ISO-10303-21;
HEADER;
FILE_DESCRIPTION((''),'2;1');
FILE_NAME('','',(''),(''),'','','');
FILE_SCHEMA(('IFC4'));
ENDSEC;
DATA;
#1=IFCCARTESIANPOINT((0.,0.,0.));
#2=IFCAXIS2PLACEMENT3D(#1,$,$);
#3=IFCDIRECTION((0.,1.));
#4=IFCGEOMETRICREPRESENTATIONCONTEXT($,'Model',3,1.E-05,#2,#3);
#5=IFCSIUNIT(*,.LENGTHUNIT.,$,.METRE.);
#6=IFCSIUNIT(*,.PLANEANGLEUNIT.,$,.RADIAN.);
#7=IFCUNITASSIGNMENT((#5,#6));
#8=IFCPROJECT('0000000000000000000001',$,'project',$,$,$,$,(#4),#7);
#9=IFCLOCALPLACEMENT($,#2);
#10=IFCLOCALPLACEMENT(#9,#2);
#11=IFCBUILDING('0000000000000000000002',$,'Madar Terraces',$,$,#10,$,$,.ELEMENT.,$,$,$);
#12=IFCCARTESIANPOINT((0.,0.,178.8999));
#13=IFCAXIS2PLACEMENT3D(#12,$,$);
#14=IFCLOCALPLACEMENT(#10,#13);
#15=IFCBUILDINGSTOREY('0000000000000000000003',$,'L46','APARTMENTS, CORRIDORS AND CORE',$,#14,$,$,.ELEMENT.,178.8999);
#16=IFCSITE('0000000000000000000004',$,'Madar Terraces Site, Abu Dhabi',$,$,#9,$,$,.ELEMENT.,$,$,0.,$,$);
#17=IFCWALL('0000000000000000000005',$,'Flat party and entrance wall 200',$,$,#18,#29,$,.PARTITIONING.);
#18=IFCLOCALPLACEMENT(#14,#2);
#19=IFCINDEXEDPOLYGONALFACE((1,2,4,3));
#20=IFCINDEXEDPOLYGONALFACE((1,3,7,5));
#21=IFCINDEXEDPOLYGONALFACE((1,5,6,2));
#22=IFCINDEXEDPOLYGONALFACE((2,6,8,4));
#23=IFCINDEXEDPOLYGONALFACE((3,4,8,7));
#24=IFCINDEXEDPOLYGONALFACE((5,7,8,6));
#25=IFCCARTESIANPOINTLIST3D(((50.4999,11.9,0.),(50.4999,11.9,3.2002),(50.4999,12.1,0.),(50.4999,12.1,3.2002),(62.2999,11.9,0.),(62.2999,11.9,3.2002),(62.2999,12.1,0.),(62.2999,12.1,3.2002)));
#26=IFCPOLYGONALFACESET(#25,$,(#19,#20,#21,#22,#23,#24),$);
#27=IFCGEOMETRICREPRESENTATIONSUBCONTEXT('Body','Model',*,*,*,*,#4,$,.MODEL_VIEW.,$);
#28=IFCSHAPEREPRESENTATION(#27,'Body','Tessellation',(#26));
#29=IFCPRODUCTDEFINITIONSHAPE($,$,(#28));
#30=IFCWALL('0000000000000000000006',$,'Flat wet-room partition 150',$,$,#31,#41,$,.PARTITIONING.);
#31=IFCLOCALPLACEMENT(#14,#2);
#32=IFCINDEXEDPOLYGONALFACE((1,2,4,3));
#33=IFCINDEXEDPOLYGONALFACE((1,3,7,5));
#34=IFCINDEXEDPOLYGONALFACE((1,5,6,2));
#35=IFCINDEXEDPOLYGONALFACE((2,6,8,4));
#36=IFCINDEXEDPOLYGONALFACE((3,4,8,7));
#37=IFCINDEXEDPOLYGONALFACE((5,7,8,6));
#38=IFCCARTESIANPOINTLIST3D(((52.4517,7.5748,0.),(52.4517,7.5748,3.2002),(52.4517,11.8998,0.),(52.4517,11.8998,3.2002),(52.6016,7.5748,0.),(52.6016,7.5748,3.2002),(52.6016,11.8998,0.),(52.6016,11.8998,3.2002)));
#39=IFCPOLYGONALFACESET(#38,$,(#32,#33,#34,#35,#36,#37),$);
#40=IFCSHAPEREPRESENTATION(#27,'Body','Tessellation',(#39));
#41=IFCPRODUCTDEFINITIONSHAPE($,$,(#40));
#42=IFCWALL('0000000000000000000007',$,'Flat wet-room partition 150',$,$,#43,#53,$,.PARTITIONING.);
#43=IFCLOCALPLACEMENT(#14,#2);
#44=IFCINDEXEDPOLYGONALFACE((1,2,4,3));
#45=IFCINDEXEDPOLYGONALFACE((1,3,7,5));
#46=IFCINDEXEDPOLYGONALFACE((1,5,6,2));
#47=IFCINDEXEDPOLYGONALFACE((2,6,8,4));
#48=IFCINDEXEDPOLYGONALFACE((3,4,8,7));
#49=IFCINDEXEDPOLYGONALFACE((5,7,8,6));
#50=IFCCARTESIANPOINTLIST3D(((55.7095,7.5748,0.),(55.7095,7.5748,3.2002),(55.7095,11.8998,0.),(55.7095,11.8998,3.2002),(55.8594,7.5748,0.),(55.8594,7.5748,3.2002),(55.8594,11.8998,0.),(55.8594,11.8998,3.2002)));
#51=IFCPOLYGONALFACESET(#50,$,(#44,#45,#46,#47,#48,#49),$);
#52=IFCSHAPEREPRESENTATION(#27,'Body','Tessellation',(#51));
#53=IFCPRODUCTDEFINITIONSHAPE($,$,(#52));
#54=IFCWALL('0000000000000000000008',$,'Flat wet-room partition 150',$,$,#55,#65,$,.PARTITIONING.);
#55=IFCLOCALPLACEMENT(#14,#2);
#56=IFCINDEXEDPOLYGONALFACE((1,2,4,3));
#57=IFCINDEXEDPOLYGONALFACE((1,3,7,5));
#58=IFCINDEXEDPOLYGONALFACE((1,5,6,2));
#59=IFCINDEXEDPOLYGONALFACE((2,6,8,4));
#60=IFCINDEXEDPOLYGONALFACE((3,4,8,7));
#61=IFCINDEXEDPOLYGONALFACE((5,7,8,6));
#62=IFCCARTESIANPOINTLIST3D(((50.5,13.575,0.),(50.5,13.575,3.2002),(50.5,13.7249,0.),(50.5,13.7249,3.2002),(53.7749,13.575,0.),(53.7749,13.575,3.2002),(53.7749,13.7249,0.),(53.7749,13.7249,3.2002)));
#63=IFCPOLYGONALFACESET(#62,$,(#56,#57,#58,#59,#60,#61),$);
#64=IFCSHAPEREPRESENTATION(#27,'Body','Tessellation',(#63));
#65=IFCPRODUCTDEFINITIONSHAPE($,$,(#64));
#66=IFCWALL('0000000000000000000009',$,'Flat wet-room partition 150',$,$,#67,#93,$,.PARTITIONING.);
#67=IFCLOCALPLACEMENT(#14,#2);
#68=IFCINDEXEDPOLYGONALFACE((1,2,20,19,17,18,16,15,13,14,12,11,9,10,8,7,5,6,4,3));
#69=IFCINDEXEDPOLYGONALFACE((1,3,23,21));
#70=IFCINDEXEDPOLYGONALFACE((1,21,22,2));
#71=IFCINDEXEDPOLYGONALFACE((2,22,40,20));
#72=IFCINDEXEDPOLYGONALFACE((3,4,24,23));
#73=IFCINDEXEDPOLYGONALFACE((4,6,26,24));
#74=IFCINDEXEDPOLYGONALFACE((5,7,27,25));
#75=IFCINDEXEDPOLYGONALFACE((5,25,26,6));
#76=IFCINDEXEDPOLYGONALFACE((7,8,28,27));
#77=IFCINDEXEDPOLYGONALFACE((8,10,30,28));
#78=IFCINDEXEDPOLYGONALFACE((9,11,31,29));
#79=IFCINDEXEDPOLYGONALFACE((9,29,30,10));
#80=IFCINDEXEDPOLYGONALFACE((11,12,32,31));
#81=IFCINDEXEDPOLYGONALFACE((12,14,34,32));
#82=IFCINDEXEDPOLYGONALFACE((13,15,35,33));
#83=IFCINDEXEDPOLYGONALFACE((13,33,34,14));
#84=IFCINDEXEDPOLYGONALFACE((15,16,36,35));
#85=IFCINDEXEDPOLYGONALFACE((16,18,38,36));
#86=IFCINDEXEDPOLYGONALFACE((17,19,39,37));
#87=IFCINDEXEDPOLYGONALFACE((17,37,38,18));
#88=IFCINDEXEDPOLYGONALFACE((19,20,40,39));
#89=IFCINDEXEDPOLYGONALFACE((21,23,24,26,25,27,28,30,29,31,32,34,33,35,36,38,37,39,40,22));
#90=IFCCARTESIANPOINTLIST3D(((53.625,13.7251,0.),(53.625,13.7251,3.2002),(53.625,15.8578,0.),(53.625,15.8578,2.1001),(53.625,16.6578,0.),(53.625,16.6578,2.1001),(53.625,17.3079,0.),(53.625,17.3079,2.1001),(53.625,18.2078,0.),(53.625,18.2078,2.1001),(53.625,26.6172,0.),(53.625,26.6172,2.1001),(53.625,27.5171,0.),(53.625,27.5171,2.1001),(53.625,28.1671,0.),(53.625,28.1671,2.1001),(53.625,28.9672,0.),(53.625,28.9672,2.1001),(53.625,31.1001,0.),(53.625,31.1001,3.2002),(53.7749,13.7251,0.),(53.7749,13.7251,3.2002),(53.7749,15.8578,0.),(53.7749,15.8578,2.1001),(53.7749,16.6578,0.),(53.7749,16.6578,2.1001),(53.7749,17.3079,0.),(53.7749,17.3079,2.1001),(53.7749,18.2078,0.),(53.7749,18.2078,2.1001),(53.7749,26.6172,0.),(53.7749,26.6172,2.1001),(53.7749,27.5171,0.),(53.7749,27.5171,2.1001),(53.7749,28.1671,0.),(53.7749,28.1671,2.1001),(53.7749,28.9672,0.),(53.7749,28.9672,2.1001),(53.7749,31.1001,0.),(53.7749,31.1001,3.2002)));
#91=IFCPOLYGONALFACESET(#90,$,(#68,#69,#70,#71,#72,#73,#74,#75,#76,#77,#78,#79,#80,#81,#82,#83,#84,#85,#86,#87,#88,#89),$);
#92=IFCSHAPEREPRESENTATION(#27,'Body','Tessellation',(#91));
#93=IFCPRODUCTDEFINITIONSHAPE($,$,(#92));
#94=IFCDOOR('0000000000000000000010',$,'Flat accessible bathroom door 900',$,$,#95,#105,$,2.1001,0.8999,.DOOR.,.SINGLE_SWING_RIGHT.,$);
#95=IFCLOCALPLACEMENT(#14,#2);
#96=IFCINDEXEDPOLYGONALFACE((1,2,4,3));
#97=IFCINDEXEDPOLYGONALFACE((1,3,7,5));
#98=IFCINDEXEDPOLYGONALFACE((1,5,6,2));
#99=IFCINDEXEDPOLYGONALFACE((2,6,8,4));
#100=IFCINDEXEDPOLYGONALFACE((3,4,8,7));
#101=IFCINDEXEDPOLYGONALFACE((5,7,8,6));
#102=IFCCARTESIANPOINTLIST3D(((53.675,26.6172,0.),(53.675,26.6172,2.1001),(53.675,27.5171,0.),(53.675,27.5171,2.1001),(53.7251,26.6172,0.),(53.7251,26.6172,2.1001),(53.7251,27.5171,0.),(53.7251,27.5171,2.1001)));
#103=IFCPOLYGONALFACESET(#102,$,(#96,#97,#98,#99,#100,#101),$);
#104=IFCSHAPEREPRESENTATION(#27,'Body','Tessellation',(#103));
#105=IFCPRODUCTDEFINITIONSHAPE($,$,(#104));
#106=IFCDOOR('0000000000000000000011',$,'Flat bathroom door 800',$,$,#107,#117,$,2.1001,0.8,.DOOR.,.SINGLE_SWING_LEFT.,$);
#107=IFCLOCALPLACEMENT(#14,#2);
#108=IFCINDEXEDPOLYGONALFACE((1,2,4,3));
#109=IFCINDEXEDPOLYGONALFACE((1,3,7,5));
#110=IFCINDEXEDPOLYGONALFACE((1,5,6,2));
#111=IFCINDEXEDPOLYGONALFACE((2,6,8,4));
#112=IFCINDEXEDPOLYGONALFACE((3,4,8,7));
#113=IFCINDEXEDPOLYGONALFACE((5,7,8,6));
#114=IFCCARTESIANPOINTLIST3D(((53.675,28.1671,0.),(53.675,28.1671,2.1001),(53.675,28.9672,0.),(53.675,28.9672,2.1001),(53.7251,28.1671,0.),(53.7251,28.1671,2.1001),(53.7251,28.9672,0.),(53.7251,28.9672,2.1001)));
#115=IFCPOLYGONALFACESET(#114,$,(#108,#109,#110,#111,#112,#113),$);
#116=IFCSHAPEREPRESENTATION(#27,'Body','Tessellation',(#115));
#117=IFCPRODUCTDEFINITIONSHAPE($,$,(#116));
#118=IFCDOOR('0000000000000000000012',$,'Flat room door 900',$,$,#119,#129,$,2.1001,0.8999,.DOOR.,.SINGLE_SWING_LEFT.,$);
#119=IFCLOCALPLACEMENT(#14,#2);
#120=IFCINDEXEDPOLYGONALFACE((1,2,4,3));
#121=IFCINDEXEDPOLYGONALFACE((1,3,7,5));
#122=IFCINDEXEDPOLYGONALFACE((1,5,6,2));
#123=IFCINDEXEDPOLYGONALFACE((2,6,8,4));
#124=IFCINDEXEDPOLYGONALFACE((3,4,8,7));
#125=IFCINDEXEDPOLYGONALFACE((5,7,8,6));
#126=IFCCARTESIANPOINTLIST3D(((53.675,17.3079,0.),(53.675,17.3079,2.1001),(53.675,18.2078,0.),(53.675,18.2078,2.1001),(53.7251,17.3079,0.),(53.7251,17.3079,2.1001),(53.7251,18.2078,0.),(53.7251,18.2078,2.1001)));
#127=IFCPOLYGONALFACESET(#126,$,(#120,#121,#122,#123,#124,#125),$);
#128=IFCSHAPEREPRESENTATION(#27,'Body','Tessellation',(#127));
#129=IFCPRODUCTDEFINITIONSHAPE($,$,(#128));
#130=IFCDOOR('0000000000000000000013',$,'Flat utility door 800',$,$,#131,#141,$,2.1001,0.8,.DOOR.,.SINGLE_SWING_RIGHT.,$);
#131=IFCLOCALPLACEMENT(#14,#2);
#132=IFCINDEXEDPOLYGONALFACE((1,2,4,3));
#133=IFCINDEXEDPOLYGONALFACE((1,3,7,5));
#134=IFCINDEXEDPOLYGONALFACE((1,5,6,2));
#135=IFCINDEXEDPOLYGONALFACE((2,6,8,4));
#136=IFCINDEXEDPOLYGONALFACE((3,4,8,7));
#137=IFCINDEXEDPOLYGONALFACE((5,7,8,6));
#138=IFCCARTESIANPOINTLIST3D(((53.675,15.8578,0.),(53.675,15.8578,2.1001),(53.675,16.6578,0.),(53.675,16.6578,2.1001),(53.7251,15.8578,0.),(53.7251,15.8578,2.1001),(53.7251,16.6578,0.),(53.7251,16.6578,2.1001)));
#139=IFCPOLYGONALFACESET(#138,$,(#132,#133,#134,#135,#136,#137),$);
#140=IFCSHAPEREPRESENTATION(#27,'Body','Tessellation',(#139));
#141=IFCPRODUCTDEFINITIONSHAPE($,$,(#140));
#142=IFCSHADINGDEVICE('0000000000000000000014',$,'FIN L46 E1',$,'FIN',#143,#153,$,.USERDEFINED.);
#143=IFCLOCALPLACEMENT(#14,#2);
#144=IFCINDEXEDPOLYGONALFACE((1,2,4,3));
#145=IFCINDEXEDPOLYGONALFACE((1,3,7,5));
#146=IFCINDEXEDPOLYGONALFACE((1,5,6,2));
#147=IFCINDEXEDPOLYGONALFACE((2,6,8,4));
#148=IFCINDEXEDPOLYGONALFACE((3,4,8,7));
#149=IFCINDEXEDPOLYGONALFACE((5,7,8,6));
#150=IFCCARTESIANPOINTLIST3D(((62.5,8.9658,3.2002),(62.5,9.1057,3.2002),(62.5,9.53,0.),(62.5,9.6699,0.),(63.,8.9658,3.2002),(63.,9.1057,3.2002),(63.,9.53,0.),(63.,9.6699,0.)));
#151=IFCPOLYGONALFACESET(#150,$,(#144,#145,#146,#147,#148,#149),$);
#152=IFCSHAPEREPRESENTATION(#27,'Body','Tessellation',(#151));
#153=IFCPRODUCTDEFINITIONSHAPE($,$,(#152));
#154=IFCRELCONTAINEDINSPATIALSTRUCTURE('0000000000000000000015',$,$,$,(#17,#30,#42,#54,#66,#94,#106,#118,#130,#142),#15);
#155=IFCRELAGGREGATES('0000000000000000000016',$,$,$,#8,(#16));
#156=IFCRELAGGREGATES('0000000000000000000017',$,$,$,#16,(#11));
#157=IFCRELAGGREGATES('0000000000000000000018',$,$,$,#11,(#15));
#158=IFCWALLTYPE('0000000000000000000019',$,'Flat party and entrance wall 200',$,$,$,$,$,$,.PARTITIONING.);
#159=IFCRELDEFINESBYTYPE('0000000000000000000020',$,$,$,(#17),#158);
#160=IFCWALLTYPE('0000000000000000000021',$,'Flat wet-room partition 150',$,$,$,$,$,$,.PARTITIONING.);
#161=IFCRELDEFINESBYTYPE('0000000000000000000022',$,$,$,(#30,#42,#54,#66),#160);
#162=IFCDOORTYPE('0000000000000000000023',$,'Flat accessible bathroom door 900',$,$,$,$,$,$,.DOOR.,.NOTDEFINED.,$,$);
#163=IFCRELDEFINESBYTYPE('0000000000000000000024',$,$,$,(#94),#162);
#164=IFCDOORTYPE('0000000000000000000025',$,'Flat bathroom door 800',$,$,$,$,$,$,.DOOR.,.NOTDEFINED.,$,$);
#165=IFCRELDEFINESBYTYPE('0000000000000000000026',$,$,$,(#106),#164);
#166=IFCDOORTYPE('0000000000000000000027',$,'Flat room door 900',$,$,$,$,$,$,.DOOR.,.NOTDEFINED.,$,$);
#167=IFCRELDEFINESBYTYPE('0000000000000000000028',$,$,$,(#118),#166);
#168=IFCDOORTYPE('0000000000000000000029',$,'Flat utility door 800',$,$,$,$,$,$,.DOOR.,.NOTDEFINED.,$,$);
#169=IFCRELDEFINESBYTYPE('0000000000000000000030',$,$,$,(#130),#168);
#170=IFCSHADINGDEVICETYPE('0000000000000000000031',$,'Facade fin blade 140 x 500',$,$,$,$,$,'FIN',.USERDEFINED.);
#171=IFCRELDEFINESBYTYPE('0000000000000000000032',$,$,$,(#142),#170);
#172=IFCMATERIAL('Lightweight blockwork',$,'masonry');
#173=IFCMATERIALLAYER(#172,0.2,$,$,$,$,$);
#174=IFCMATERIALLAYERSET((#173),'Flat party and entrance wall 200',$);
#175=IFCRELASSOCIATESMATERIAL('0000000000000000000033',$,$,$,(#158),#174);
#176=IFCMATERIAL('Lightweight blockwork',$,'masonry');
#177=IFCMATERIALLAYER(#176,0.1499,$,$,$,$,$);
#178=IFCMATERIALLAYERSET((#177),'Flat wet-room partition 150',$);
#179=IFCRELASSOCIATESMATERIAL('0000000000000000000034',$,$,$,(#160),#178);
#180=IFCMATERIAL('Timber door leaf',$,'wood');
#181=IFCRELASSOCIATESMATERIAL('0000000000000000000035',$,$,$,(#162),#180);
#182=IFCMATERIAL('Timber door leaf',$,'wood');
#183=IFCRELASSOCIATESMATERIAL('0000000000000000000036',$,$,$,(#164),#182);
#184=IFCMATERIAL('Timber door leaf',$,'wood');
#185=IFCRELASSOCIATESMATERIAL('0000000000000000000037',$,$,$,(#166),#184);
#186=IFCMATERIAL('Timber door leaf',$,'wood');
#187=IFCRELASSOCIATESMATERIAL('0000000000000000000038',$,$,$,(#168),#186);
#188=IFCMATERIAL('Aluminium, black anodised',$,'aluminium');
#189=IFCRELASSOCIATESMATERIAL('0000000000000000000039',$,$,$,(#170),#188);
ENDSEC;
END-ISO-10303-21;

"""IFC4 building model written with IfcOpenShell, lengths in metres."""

from ifc_helpers import new_model, si_unit, direction, frame, frame_2d, origin, place, context, subcontext, project, spatial, polyline, rectangle, outline, extrude, material, layer, layer_set, type_object, element, fill, save


model = new_model("IFC4")

# Units and contexts
model_context = context("Model", 3, precision=1e-05, world=origin(), true_north=direction((0.0, 1.0)))
body_context = subcontext(model_context, "Body", "Model", "MODEL_VIEW")
ifc_project = project(units=[si_unit("LENGTHUNIT", "METRE"), si_unit("PLANEANGLEUNIT", "RADIAN")], contexts=[model_context])

# Site, building, storey
site_placement = place(None, origin())
site = spatial("IfcSite", under=ifc_project, at=site_placement, Name="Madar Terraces Site, Abu Dhabi", CompositionType="ELEMENT", RefElevation=0.0)
building_placement = place(site_placement, origin())
building = spatial("IfcBuilding", under=site, at=building_placement, Name="Madar Terraces", CompositionType="ELEMENT")
storey_placement = place(building_placement, frame((0.0, 0.0, 178.8999)))
storey = spatial("IfcBuildingStorey", under=building, at=storey_placement, Name="L46", Description="APARTMENTS, CORRIDORS AND CORE", CompositionType="ELEMENT", Elevation=178.8999)

# Shared definitions
ifc_material_1 = material(Name="Lightweight blockwork", Category="masonry")
ifc_layer_1 = layer(ifc_material_1, 0.2)
ifc_layer_set_1 = layer_set([ifc_layer_1], Name="Flat party and entrance wall 200")
wall_type_1 = type_object("IfcWallType", Name="Flat party and entrance wall 200", PredefinedType="PARTITIONING", material=ifc_layer_set_1)

# Walls
wall_1_placement = place(storey_placement, frame((50.5, 12.0, 0.0), z_axis=(0.0, 0.0, 1.0), x_axis=(1.0, 0.0, 0.0)))
element("IfcWall", 1, at=wall_1_placement, inside=storey, type_object=wall_type_1, Name="Flat party and entrance wall 200", PredefinedType="PARTITIONING", context=body_context, shape_type="SweptSolid", body=[
    extrude(rectangle(XDim=11.8, YDim=0.2, at=frame_2d((5.8999, 0.0))), origin(), (0.0, 0.0, 1.0), 3.2002),
])
ifc_material_2 = material(Name="Lightweight blockwork", Category="masonry")
ifc_layer_2 = layer(ifc_material_2, 0.1499)
ifc_layer_set_2 = layer_set([ifc_layer_2], Name="Flat wet-room partition 150")
wall_type_2 = type_object("IfcWallType", Name="Flat wet-room partition 150", PredefinedType="PARTITIONING", material=ifc_layer_set_2)
for number, where, z_axis, x_axis, name in (
    (2, (52.5266, 11.8999, 0.0), (0.0, 0.0, 1.0), (0.0, -1.0, 0.0), "Flat wet-room partition 150"),
    (3, (55.7844, 11.8999, 0.0), (0.0, 0.0, 1.0), (0.0, -1.0, 0.0), "Flat wet-room partition 150"),
):
    element("IfcWall", number, at=place(storey_placement, frame(where, z_axis=z_axis, x_axis=x_axis)), inside=storey, type_object=wall_type_2, Name=name, PredefinedType="PARTITIONING", context=body_context, shape_type="SweptSolid", body=[
        extrude(rectangle(XDim=4.325, YDim=0.1499, at=frame_2d((2.1626, 0.0))), origin(), (0.0, 0.0, 1.0), 3.2002),
    ])
wall_2_placement = place(storey_placement, frame((50.5, 13.6499, 0.0), z_axis=(0.0, 0.0, 1.0), x_axis=(1.0, 0.0, 0.0)))
element("IfcWall", 4, at=wall_2_placement, inside=storey, type_object=wall_type_2, Name="Flat wet-room partition 150", PredefinedType="PARTITIONING", context=body_context, shape_type="SweptSolid", body=[
    extrude(rectangle(XDim=3.2749, YDim=0.1499, at=frame_2d((1.6375, 0.0))), origin(), (0.0, 0.0, 1.0), 3.2002),
])

# Wall, openings, doors
wall_3_placement = place(storey_placement, frame((53.7, 13.7251, 0.0), z_axis=(0.0, 0.0, 1.0), x_axis=(0.0, 1.0, 0.0)))
wall_3 = element("IfcWall", 5, at=wall_3_placement, inside=storey, type_object=wall_type_2, Name="Flat wet-room partition 150", PredefinedType="PARTITIONING", context=body_context, shape_type="SweptSolid", body=[
    extrude(rectangle(XDim=17.375, YDim=0.1499, at=frame_2d((8.6875, 0.0))), origin(), (0.0, 0.0, 1.0), 3.2002),
])
opening_1_placement = place(wall_3_placement, frame((2.1328, 0.0, 0.0)))
opening_1 = element("IfcOpeningElement", 6, at=opening_1_placement, cuts=wall_3, PredefinedType="OPENING", context=body_context, shape_type="SweptSolid", body=[
    extrude(rectangle(XDim=0.8, YDim=2.1001, at=frame_2d((0.3999, 1.05))), frame((0.0, 0.085, 0.0), z_axis=(0.0, -1.0, 0.0), x_axis=(1.0, 0.0, 0.0)), (0.0, 0.0, 1.0), 0.1699),
])
opening_2_placement = place(wall_3_placement, frame((3.5828, 0.0, 0.0)))
opening_2 = element("IfcOpeningElement", 7, at=opening_2_placement, cuts=wall_3, PredefinedType="OPENING", context=body_context, shape_type="SweptSolid", body=[
    extrude(rectangle(XDim=0.8999, YDim=2.1001, at=frame_2d((0.45, 1.05))), frame((0.0, 0.085, 0.0), z_axis=(0.0, -1.0, 0.0), x_axis=(1.0, 0.0, 0.0)), (0.0, 0.0, 1.0), 0.1699),
])
opening_3_placement = place(wall_3_placement, frame((12.8921, 0.0, 0.0)))
opening_3 = element("IfcOpeningElement", 8, at=opening_3_placement, cuts=wall_3, PredefinedType="OPENING", context=body_context, shape_type="SweptSolid", body=[
    extrude(rectangle(XDim=0.8999, YDim=2.1001, at=frame_2d((0.45, 1.05))), frame((0.0, 0.085, 0.0), z_axis=(0.0, -1.0, 0.0), x_axis=(1.0, 0.0, 0.0)), (0.0, 0.0, 1.0), 0.1699),
])
opening_4_placement = place(wall_3_placement, frame((14.4421, 0.0, 0.0)))
opening_4 = element("IfcOpeningElement", 9, at=opening_4_placement, cuts=wall_3, PredefinedType="OPENING", context=body_context, shape_type="SweptSolid", body=[
    extrude(rectangle(XDim=0.8, YDim=2.1001, at=frame_2d((0.3999, 1.05))), frame((0.0, 0.085, 0.0), z_axis=(0.0, -1.0, 0.0), x_axis=(1.0, 0.0, 0.0)), (0.0, 0.0, 1.0), 0.1699),
])
ifc_material_3 = material(Name="Timber door leaf", Category="wood")
door_type_1 = type_object("IfcDoorType", Name="Flat accessible bathroom door 900", OperationType="NOTDEFINED", PredefinedType="DOOR", material=ifc_material_3)
door_1_placement = place(opening_3_placement, origin())
door_1 = element("IfcDoor", 10, at=door_1_placement, inside=storey, type_object=door_type_1, Name="Flat accessible bathroom door 900", OperationType="SINGLE_SWING_RIGHT", OverallHeight=2.1001, OverallWidth=0.8999, PredefinedType="DOOR", context=body_context, shape_type="SweptSolid", body=[
    extrude(rectangle(XDim=0.8999, YDim=2.1001, at=frame_2d((0.45, 1.05))), frame((0.0, 0.0249, 0.0), z_axis=(0.0, -1.0, 0.0), x_axis=(1.0, 0.0, 0.0)), (0.0, 0.0, 1.0), 0.05),
])
fill(opening_3, door_1)
ifc_material_4 = material(Name="Timber door leaf", Category="wood")
door_type_2 = type_object("IfcDoorType", Name="Flat bathroom door 800", OperationType="NOTDEFINED", PredefinedType="DOOR", material=ifc_material_4)
door_2_placement = place(opening_4_placement, origin())
door_2 = element("IfcDoor", 11, at=door_2_placement, inside=storey, type_object=door_type_2, Name="Flat bathroom door 800", OperationType="SINGLE_SWING_LEFT", OverallHeight=2.1001, OverallWidth=0.8, PredefinedType="DOOR", context=body_context, shape_type="SweptSolid", body=[
    extrude(rectangle(XDim=0.8, YDim=2.1001, at=frame_2d((0.3999, 1.05))), frame((0.0, 0.0249, 0.0), z_axis=(0.0, -1.0, 0.0), x_axis=(1.0, 0.0, 0.0)), (0.0, 0.0, 1.0), 0.05),
])
fill(opening_4, door_2)
ifc_material_5 = material(Name="Timber door leaf", Category="wood")
door_type_3 = type_object("IfcDoorType", Name="Flat room door 900", OperationType="NOTDEFINED", PredefinedType="DOOR", material=ifc_material_5)
door_3_placement = place(opening_2_placement, origin())
door_3 = element("IfcDoor", 12, at=door_3_placement, inside=storey, type_object=door_type_3, Name="Flat room door 900", OperationType="SINGLE_SWING_LEFT", OverallHeight=2.1001, OverallWidth=0.8999, PredefinedType="DOOR", context=body_context, shape_type="SweptSolid", body=[
    extrude(rectangle(XDim=0.8999, YDim=2.1001, at=frame_2d((0.45, 1.05))), frame((0.0, 0.0249, 0.0), z_axis=(0.0, -1.0, 0.0), x_axis=(1.0, 0.0, 0.0)), (0.0, 0.0, 1.0), 0.05),
])
fill(opening_2, door_3)
ifc_material_6 = material(Name="Timber door leaf", Category="wood")
door_type_4 = type_object("IfcDoorType", Name="Flat utility door 800", OperationType="NOTDEFINED", PredefinedType="DOOR", material=ifc_material_6)
door_4_placement = place(opening_1_placement, origin())
door_4 = element("IfcDoor", 13, at=door_4_placement, inside=storey, type_object=door_type_4, Name="Flat utility door 800", OperationType="SINGLE_SWING_RIGHT", OverallHeight=2.1001, OverallWidth=0.8, PredefinedType="DOOR", context=body_context, shape_type="SweptSolid", body=[
    extrude(rectangle(XDim=0.8, YDim=2.1001, at=frame_2d((0.3999, 1.05))), frame((0.0, 0.0249, 0.0), z_axis=(0.0, -1.0, 0.0), x_axis=(1.0, 0.0, 0.0)), (0.0, 0.0, 1.0), 0.05),
])
fill(opening_1, door_4)

# Shading device
ifc_material_7 = material(Name="Aluminium, black anodised", Category="aluminium")
shading_device_type = type_object("IfcShadingDeviceType", Name="Facade fin blade 140 x 500", ElementType="FIN", PredefinedType="USERDEFINED", material=ifc_material_7)
shading_device_placement = place(storey_placement, frame((62.75, 9.53, 0.0), z_axis=(0.0, 0.0, 1.0), x_axis=(0.0, 1.0, 0.0)))
element("IfcShadingDevice", 14, at=shading_device_placement, inside=storey, type_object=shading_device_type, Name="FIN L46 E1", ObjectType="FIN", PredefinedType="USERDEFINED", context=body_context, shape_type="SweptSolid", body=[
    extrude(outline(polyline([(0.0, 0.0), (0.1399, 0.0), (-0.4243, 3.2002), (-0.5642, 3.2002), (0.0, 0.0)])), frame((0.0, 0.25, 0.0), z_axis=(0.0, -1.0, 0.0), x_axis=(1.0, 0.0, 0.0)), (0.0, 0.0, 1.0), 0.5),
])

save(model, "model.ifc")
